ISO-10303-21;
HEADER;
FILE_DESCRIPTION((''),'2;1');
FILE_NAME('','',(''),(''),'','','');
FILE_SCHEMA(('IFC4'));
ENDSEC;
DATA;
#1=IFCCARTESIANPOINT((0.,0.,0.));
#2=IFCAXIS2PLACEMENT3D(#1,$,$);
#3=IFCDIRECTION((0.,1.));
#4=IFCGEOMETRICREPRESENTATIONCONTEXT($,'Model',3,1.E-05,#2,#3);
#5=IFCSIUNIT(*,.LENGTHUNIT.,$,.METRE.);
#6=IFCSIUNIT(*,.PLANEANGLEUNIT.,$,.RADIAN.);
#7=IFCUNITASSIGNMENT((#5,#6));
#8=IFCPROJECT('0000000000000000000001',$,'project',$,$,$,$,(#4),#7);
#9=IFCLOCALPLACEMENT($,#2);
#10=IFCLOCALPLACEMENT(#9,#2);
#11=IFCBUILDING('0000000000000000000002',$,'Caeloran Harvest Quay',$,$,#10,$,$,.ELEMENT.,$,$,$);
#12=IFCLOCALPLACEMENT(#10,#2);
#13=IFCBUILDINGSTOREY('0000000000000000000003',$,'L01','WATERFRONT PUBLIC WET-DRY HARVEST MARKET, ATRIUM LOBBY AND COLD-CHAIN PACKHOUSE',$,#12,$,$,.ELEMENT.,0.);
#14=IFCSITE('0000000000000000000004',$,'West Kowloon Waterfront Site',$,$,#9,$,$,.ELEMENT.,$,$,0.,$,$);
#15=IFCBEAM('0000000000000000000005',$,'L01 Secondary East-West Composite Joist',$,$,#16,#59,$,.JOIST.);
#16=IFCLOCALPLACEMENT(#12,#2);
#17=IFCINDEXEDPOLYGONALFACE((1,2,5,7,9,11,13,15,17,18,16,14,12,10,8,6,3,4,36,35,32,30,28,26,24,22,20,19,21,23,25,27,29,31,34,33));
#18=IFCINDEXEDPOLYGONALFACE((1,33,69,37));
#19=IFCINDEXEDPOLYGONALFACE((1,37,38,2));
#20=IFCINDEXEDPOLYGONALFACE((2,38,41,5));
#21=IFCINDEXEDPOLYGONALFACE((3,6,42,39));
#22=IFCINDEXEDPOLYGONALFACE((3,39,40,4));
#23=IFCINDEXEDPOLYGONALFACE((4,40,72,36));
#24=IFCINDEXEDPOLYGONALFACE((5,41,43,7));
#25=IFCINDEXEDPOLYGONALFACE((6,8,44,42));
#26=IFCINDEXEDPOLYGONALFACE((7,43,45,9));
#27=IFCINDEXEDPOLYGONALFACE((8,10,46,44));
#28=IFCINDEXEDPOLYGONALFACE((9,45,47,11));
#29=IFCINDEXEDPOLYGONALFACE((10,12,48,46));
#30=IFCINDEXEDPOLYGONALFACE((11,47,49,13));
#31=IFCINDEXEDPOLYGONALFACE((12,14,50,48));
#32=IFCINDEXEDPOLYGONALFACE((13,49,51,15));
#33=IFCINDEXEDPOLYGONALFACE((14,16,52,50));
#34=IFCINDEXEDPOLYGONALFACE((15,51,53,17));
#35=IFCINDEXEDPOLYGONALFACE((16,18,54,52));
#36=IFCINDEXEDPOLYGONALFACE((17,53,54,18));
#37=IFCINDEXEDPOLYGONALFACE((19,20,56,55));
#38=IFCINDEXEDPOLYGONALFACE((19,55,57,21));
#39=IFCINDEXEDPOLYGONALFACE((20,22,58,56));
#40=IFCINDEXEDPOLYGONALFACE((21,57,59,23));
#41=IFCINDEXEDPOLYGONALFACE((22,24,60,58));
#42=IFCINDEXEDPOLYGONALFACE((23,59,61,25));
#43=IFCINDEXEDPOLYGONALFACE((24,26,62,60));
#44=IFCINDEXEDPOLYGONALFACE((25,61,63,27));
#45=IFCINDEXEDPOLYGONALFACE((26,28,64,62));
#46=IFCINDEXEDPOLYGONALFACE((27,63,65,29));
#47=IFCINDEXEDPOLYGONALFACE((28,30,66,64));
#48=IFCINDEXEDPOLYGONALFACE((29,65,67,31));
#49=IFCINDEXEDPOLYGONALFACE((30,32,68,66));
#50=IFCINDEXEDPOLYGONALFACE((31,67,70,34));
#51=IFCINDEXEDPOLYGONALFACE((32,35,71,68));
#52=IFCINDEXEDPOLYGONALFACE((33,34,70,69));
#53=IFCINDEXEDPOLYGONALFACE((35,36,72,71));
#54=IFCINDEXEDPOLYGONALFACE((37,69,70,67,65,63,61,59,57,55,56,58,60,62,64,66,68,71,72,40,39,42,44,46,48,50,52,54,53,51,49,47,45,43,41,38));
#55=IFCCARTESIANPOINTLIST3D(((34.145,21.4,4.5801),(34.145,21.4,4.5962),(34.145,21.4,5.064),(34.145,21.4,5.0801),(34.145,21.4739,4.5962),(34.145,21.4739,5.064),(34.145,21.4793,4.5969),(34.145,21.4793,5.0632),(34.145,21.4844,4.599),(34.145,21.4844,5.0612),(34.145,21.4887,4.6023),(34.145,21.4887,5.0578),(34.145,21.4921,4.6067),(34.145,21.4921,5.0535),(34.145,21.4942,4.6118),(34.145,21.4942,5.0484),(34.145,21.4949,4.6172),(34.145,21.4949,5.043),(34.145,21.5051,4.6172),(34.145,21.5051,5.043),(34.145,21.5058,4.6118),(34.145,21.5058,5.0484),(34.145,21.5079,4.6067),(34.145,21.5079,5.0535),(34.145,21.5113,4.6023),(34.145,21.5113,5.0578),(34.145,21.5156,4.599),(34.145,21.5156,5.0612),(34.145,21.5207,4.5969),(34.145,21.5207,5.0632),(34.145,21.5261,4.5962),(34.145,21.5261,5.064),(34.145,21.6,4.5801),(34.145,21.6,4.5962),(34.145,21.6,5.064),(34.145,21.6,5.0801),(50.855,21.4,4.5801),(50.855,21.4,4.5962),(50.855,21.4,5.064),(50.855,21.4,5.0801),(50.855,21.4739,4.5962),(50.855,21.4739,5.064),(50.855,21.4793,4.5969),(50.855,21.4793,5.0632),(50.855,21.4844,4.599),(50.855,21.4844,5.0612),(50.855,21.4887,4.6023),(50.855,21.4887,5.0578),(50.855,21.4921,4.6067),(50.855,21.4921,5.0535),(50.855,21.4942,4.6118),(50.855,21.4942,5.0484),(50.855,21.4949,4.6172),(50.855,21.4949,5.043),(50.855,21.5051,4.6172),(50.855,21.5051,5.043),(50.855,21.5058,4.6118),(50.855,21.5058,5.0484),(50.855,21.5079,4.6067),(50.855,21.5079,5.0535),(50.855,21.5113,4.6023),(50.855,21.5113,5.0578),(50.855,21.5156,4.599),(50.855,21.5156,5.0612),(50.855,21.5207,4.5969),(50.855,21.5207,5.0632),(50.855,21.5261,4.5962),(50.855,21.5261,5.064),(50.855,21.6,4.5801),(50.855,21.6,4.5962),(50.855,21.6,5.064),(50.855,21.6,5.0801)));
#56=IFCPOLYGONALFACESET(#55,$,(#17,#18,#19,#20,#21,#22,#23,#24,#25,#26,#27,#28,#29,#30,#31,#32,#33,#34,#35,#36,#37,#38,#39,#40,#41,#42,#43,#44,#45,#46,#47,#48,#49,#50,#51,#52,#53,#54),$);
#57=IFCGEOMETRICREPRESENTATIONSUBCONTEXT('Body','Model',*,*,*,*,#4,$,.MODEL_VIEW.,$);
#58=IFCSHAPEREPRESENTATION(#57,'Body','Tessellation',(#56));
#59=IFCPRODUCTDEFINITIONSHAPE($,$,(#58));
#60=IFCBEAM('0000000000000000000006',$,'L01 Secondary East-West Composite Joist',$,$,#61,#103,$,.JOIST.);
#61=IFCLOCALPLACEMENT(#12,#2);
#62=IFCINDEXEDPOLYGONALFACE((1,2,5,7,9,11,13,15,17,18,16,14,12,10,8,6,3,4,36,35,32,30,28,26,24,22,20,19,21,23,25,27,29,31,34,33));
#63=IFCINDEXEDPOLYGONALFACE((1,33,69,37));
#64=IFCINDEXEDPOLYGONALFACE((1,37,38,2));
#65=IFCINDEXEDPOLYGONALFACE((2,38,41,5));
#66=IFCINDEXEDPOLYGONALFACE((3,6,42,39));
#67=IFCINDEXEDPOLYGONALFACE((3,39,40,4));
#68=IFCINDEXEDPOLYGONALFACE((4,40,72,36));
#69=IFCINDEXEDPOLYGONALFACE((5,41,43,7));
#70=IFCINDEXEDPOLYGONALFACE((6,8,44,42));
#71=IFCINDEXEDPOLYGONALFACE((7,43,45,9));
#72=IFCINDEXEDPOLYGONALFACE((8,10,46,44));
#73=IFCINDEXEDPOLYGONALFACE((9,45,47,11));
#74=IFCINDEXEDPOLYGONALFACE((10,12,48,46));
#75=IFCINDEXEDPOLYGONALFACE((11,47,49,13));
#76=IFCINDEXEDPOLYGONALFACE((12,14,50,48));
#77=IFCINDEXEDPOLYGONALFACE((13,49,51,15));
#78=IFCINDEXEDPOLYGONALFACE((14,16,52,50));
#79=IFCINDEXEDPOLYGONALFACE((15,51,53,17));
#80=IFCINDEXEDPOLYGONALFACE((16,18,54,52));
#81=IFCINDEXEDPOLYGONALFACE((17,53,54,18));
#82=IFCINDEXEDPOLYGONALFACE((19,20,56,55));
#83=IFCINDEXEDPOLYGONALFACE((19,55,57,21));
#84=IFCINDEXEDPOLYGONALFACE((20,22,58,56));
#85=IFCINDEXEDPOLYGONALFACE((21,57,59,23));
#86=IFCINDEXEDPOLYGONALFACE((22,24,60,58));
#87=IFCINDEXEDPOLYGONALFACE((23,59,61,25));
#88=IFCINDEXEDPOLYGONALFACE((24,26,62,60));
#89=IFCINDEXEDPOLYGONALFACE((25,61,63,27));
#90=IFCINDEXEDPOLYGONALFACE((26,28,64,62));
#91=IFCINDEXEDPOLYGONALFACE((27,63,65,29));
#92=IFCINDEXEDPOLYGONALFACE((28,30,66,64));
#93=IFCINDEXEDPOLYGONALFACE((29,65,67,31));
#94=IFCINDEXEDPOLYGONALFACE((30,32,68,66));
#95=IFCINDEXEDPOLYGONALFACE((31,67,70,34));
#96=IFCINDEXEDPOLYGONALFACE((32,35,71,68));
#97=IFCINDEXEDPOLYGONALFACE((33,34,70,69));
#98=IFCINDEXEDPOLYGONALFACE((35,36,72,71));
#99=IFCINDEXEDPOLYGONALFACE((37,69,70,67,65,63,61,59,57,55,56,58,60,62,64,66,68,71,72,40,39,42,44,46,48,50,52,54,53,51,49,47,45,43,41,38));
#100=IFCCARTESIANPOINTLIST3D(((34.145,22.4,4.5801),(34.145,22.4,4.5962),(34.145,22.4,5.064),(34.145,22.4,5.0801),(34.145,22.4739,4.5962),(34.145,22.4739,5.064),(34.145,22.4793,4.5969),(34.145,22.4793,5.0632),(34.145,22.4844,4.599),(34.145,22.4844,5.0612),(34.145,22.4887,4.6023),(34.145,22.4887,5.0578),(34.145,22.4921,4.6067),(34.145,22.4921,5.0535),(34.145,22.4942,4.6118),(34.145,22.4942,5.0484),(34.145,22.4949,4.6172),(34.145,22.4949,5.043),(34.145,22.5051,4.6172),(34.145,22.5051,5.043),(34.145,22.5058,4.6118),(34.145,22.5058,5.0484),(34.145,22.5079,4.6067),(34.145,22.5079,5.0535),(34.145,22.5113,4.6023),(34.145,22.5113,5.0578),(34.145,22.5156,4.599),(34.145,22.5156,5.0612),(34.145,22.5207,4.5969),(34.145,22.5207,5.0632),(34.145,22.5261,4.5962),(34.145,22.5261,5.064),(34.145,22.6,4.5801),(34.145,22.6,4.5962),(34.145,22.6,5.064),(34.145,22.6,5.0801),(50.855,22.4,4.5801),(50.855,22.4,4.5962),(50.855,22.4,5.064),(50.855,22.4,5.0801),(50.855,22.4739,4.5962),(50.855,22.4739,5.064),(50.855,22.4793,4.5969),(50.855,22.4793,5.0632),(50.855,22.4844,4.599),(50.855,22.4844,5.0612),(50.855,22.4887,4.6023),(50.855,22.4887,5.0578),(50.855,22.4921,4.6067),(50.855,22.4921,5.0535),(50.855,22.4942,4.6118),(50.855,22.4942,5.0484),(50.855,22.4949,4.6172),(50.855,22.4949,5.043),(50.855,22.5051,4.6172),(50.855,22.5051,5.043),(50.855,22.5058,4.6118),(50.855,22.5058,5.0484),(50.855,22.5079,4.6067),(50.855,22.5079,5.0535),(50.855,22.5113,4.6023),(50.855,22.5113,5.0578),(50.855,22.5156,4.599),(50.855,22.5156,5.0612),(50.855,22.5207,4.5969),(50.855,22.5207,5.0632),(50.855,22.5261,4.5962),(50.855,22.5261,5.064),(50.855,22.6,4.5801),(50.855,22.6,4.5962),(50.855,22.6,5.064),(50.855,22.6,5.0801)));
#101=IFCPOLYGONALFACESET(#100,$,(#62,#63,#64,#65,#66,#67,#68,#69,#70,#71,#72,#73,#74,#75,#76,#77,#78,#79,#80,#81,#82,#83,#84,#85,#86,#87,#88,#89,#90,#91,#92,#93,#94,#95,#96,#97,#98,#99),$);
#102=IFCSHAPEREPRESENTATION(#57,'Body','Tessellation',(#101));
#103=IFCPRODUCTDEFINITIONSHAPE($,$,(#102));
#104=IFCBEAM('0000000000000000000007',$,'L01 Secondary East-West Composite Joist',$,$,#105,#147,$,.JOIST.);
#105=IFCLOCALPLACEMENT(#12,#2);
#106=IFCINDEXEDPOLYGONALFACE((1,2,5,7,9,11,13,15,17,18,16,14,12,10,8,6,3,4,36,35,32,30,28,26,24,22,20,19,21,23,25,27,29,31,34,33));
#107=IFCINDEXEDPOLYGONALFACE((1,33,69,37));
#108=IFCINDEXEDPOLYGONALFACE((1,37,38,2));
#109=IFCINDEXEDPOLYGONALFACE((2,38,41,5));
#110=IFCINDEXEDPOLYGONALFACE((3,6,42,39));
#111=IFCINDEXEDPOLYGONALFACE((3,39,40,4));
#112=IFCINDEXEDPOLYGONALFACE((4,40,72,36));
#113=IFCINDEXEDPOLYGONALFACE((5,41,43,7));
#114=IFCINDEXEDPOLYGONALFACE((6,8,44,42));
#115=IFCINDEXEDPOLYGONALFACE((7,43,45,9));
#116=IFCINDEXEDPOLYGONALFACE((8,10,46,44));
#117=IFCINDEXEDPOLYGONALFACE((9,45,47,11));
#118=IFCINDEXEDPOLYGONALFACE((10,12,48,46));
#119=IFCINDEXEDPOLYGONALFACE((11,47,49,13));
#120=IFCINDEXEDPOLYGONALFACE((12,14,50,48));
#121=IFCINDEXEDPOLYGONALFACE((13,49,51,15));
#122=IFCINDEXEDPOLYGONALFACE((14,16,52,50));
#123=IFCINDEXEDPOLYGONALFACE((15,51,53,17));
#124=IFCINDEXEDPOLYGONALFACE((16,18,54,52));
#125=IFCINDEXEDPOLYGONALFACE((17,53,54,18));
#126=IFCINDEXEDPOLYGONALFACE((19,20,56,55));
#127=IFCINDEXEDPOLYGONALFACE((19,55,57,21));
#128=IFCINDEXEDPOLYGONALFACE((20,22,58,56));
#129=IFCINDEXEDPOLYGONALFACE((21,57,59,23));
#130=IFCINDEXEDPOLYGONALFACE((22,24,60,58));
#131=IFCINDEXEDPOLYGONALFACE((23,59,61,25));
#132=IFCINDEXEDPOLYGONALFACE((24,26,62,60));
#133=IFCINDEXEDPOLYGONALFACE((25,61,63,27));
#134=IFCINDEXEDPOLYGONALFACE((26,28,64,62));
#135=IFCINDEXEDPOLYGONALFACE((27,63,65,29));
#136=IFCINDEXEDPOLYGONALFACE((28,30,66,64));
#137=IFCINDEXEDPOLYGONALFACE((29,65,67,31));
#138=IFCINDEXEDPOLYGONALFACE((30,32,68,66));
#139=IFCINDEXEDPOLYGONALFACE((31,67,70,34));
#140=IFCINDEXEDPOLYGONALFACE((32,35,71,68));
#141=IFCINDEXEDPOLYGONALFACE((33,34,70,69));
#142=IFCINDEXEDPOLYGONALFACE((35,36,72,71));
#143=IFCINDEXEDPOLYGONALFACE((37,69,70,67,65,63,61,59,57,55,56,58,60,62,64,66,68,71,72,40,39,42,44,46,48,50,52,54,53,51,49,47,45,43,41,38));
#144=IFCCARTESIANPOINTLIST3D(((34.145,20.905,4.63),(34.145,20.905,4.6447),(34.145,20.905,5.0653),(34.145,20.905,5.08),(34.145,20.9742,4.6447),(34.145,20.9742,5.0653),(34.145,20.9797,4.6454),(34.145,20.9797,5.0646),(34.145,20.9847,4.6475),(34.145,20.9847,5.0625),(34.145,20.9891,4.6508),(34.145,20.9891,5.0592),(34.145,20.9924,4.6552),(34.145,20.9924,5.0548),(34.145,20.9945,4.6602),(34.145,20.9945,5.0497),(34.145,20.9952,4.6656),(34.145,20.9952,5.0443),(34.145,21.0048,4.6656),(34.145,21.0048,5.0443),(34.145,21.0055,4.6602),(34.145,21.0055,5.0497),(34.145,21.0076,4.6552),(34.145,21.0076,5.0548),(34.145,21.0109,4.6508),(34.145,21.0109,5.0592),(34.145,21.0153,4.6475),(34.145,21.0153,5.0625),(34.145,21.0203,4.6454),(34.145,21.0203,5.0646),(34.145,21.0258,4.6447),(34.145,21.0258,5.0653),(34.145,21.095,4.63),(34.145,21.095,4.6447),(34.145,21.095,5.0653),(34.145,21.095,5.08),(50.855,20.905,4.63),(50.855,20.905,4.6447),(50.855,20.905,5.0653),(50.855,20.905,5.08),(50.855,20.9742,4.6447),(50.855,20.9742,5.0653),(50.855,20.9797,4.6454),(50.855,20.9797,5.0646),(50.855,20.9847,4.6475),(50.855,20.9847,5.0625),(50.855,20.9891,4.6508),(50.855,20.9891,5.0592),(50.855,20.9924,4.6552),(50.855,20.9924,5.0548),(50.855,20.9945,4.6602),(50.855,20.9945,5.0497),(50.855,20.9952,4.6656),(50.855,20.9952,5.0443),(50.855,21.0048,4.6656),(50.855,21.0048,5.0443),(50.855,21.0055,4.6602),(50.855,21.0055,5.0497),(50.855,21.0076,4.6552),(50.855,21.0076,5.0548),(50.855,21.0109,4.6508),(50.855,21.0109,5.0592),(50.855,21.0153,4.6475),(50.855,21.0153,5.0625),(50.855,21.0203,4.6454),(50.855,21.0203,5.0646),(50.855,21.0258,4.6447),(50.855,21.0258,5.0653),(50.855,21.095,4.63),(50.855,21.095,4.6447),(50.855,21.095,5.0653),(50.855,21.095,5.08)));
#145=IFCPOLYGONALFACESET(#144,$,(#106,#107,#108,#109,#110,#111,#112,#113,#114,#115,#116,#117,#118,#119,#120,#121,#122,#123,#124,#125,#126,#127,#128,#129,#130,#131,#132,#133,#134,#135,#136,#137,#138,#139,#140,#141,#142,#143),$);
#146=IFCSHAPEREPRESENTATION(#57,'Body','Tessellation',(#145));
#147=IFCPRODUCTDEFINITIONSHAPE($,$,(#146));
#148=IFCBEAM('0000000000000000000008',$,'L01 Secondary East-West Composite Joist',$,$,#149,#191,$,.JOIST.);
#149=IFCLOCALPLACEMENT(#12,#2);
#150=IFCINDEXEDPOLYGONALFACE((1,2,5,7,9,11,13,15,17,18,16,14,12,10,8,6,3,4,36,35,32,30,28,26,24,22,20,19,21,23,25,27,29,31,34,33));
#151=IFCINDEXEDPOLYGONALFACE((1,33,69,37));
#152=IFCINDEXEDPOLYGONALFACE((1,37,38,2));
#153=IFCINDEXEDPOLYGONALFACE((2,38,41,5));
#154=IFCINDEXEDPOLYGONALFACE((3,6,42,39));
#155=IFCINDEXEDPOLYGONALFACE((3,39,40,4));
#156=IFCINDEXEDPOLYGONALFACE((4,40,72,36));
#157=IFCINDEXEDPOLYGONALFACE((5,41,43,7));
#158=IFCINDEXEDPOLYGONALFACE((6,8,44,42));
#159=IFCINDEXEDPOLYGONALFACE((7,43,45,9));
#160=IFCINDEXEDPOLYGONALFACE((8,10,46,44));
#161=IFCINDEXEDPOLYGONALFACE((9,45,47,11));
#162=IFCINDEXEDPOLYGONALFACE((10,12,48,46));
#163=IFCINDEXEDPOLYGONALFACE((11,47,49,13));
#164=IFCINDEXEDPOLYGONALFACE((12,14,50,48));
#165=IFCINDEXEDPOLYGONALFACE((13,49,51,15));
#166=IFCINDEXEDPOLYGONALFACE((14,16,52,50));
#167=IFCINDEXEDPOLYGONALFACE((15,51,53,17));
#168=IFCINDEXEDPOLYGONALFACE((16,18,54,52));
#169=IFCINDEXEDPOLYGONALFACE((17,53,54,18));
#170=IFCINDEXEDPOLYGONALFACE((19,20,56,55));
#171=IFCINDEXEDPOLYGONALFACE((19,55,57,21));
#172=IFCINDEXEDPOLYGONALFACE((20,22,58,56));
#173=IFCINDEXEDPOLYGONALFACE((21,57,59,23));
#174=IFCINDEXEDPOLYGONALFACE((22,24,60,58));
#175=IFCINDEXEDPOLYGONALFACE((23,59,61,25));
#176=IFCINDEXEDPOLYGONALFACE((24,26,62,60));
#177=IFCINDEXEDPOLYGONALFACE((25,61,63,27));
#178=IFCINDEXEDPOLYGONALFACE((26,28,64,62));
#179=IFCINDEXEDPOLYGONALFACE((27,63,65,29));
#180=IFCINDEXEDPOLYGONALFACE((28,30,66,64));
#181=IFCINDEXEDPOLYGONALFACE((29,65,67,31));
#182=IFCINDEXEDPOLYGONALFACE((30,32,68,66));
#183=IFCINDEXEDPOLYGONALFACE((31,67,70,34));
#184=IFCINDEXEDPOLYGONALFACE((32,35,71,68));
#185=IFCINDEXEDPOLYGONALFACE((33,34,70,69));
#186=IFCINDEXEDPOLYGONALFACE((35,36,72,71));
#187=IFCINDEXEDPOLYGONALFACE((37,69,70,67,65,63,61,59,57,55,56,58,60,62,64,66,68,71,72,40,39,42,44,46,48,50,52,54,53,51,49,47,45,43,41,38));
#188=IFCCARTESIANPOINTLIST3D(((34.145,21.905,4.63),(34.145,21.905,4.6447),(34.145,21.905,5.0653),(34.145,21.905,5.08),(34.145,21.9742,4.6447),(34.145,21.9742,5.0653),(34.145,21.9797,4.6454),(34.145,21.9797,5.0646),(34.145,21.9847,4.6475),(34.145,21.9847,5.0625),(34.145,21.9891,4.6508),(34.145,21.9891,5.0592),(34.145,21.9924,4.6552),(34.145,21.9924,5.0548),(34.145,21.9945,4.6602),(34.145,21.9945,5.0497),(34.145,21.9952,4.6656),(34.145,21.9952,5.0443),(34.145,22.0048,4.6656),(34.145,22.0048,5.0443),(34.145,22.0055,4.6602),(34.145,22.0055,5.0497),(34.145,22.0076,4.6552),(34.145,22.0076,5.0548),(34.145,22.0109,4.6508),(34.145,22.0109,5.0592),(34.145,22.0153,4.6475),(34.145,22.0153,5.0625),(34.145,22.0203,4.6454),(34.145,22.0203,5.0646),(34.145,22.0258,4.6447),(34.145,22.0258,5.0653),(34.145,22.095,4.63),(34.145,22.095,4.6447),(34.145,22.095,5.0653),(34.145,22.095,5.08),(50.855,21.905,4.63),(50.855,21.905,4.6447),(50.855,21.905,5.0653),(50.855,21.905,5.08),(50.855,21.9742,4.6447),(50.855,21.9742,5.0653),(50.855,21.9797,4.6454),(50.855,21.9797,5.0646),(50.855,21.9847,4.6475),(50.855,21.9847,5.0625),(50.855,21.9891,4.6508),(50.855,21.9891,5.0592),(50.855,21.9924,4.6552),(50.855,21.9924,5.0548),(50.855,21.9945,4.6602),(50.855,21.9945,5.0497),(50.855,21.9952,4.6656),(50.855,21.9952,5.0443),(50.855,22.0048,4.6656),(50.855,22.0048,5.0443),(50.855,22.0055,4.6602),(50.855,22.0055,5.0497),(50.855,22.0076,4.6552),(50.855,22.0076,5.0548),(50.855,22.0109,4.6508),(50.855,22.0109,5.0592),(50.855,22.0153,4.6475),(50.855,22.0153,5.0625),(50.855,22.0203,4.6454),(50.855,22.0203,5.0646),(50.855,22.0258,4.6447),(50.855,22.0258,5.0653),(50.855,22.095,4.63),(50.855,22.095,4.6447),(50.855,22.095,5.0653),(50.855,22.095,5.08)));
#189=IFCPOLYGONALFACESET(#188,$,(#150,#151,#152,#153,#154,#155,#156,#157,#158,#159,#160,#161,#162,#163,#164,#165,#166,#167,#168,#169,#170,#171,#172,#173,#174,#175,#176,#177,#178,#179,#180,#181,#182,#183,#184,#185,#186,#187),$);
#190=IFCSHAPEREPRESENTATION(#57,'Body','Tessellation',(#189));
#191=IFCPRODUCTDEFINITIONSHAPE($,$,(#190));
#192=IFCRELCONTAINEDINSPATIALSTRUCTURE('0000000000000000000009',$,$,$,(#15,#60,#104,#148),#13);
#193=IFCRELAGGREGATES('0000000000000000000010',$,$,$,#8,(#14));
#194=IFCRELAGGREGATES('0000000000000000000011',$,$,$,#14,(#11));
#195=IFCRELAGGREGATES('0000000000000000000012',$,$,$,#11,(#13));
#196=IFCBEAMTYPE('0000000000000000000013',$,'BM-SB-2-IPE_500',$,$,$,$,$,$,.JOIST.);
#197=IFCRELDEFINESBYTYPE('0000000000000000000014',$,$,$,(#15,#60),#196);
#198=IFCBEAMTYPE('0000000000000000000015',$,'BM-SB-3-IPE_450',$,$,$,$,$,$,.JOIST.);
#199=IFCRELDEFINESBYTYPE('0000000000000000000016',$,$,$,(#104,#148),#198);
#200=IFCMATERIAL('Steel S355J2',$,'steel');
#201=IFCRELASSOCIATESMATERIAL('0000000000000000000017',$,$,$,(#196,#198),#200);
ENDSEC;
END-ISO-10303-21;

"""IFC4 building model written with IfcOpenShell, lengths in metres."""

from ifc_helpers import new_model, si_unit, direction, frame, origin, origin_2d, place, context, subcontext, project, spatial, i_section, extrude, material, material_profile, profile_set, type_object, element, save


model = new_model("IFC4")

# Units and contexts
model_context = context("Model", 3, precision=1e-05, world=origin(), true_north=direction((0.0, 1.0)))
body_context = subcontext(model_context, "Body", "Model", "MODEL_VIEW")
ifc_project = project(units=[si_unit("LENGTHUNIT", "METRE"), si_unit("PLANEANGLEUNIT", "RADIAN")], contexts=[model_context])

# Site, building, storey
site_placement = place(None, origin())
site = spatial("IfcSite", under=ifc_project, at=site_placement, Name="West Kowloon Waterfront Site", CompositionType="ELEMENT", RefElevation=0.0)
building_placement = place(site_placement, origin())
building = spatial("IfcBuilding", under=site, at=building_placement, Name="Caeloran Harvest Quay", CompositionType="ELEMENT")
storey_placement = place(building_placement, origin())
storey = spatial("IfcBuildingStorey", under=building, at=storey_placement, Name="L01", Description="WATERFRONT PUBLIC WET-DRY HARVEST MARKET, ATRIUM LOBBY AND COLD-CHAIN PACKHOUSE", CompositionType="ELEMENT", Elevation=0.0)

# Beams
ifc_material_1 = material(Name="Steel S355J2", Category="steel")
ifc_material_profile_1 = material_profile(ifc_material_1, i_section(OverallWidth=0.2, OverallDepth=0.5, WebThickness=0.0103, FlangeThickness=0.0161, FilletRadius=0.021, at=origin_2d()), Name="IPE 500")
ifc_profile_set_1 = profile_set([ifc_material_profile_1], Name="Steel S355J2")
beam_type_1 = type_object("IfcBeamType", Name="BM-SB-2-IPE_500", PredefinedType="JOIST", material=ifc_profile_set_1)
for number, where, z_axis, x_axis, name in (
    (1, (34.145, 21.5, 4.8301), (1.0, 0.0, 0.0), (0.0, 1.0, 0.0), "L01 Secondary East-West Composite Joist"),
    (2, (34.145, 22.5, 4.8301), (1.0, 0.0, 0.0), (0.0, 1.0, 0.0), "L01 Secondary East-West Composite Joist"),
):
    element("IfcBeam", number, at=place(storey_placement, frame(where, z_axis=z_axis, x_axis=x_axis)), inside=storey, type_object=beam_type_1, Name=name, PredefinedType="JOIST", context=body_context, shape_type="SweptSolid", body=[
        extrude(i_section(OverallWidth=0.2, OverallDepth=0.5, WebThickness=0.0103, FlangeThickness=0.0161, FilletRadius=0.021, at=origin_2d()), origin(), (0.0, 0.0, 1.0), 16.71),
    ])
ifc_material_profile_2 = material_profile(ifc_material_1, i_section(OverallWidth=0.1899, OverallDepth=0.45, WebThickness=0.0095, FlangeThickness=0.0146, FilletRadius=0.021, at=origin_2d()), Name="IPE 450")
ifc_profile_set_2 = profile_set([ifc_material_profile_2], Name="Steel S355J2")
beam_type_2 = type_object("IfcBeamType", Name="BM-SB-3-IPE_450", PredefinedType="JOIST", material=ifc_profile_set_2)
for number, where, z_axis, x_axis, name in (
    (3, (34.145, 21.0, 4.855), (1.0, 0.0, 0.0), (0.0, 1.0, 0.0), "L01 Secondary East-West Composite Joist"),
    (4, (34.145, 22.0, 4.855), (1.0, 0.0, 0.0), (0.0, 1.0, 0.0), "L01 Secondary East-West Composite Joist"),
):
    element("IfcBeam", number, at=place(storey_placement, frame(where, z_axis=z_axis, x_axis=x_axis)), inside=storey, type_object=beam_type_2, Name=name, PredefinedType="JOIST", context=body_context, shape_type="SweptSolid", body=[
        extrude(i_section(OverallWidth=0.1899, OverallDepth=0.45, WebThickness=0.0095, FlangeThickness=0.0146, FilletRadius=0.021, at=origin_2d()), origin(), (0.0, 0.0, 1.0), 16.71),
    ])

save(model, "model.ifc")
